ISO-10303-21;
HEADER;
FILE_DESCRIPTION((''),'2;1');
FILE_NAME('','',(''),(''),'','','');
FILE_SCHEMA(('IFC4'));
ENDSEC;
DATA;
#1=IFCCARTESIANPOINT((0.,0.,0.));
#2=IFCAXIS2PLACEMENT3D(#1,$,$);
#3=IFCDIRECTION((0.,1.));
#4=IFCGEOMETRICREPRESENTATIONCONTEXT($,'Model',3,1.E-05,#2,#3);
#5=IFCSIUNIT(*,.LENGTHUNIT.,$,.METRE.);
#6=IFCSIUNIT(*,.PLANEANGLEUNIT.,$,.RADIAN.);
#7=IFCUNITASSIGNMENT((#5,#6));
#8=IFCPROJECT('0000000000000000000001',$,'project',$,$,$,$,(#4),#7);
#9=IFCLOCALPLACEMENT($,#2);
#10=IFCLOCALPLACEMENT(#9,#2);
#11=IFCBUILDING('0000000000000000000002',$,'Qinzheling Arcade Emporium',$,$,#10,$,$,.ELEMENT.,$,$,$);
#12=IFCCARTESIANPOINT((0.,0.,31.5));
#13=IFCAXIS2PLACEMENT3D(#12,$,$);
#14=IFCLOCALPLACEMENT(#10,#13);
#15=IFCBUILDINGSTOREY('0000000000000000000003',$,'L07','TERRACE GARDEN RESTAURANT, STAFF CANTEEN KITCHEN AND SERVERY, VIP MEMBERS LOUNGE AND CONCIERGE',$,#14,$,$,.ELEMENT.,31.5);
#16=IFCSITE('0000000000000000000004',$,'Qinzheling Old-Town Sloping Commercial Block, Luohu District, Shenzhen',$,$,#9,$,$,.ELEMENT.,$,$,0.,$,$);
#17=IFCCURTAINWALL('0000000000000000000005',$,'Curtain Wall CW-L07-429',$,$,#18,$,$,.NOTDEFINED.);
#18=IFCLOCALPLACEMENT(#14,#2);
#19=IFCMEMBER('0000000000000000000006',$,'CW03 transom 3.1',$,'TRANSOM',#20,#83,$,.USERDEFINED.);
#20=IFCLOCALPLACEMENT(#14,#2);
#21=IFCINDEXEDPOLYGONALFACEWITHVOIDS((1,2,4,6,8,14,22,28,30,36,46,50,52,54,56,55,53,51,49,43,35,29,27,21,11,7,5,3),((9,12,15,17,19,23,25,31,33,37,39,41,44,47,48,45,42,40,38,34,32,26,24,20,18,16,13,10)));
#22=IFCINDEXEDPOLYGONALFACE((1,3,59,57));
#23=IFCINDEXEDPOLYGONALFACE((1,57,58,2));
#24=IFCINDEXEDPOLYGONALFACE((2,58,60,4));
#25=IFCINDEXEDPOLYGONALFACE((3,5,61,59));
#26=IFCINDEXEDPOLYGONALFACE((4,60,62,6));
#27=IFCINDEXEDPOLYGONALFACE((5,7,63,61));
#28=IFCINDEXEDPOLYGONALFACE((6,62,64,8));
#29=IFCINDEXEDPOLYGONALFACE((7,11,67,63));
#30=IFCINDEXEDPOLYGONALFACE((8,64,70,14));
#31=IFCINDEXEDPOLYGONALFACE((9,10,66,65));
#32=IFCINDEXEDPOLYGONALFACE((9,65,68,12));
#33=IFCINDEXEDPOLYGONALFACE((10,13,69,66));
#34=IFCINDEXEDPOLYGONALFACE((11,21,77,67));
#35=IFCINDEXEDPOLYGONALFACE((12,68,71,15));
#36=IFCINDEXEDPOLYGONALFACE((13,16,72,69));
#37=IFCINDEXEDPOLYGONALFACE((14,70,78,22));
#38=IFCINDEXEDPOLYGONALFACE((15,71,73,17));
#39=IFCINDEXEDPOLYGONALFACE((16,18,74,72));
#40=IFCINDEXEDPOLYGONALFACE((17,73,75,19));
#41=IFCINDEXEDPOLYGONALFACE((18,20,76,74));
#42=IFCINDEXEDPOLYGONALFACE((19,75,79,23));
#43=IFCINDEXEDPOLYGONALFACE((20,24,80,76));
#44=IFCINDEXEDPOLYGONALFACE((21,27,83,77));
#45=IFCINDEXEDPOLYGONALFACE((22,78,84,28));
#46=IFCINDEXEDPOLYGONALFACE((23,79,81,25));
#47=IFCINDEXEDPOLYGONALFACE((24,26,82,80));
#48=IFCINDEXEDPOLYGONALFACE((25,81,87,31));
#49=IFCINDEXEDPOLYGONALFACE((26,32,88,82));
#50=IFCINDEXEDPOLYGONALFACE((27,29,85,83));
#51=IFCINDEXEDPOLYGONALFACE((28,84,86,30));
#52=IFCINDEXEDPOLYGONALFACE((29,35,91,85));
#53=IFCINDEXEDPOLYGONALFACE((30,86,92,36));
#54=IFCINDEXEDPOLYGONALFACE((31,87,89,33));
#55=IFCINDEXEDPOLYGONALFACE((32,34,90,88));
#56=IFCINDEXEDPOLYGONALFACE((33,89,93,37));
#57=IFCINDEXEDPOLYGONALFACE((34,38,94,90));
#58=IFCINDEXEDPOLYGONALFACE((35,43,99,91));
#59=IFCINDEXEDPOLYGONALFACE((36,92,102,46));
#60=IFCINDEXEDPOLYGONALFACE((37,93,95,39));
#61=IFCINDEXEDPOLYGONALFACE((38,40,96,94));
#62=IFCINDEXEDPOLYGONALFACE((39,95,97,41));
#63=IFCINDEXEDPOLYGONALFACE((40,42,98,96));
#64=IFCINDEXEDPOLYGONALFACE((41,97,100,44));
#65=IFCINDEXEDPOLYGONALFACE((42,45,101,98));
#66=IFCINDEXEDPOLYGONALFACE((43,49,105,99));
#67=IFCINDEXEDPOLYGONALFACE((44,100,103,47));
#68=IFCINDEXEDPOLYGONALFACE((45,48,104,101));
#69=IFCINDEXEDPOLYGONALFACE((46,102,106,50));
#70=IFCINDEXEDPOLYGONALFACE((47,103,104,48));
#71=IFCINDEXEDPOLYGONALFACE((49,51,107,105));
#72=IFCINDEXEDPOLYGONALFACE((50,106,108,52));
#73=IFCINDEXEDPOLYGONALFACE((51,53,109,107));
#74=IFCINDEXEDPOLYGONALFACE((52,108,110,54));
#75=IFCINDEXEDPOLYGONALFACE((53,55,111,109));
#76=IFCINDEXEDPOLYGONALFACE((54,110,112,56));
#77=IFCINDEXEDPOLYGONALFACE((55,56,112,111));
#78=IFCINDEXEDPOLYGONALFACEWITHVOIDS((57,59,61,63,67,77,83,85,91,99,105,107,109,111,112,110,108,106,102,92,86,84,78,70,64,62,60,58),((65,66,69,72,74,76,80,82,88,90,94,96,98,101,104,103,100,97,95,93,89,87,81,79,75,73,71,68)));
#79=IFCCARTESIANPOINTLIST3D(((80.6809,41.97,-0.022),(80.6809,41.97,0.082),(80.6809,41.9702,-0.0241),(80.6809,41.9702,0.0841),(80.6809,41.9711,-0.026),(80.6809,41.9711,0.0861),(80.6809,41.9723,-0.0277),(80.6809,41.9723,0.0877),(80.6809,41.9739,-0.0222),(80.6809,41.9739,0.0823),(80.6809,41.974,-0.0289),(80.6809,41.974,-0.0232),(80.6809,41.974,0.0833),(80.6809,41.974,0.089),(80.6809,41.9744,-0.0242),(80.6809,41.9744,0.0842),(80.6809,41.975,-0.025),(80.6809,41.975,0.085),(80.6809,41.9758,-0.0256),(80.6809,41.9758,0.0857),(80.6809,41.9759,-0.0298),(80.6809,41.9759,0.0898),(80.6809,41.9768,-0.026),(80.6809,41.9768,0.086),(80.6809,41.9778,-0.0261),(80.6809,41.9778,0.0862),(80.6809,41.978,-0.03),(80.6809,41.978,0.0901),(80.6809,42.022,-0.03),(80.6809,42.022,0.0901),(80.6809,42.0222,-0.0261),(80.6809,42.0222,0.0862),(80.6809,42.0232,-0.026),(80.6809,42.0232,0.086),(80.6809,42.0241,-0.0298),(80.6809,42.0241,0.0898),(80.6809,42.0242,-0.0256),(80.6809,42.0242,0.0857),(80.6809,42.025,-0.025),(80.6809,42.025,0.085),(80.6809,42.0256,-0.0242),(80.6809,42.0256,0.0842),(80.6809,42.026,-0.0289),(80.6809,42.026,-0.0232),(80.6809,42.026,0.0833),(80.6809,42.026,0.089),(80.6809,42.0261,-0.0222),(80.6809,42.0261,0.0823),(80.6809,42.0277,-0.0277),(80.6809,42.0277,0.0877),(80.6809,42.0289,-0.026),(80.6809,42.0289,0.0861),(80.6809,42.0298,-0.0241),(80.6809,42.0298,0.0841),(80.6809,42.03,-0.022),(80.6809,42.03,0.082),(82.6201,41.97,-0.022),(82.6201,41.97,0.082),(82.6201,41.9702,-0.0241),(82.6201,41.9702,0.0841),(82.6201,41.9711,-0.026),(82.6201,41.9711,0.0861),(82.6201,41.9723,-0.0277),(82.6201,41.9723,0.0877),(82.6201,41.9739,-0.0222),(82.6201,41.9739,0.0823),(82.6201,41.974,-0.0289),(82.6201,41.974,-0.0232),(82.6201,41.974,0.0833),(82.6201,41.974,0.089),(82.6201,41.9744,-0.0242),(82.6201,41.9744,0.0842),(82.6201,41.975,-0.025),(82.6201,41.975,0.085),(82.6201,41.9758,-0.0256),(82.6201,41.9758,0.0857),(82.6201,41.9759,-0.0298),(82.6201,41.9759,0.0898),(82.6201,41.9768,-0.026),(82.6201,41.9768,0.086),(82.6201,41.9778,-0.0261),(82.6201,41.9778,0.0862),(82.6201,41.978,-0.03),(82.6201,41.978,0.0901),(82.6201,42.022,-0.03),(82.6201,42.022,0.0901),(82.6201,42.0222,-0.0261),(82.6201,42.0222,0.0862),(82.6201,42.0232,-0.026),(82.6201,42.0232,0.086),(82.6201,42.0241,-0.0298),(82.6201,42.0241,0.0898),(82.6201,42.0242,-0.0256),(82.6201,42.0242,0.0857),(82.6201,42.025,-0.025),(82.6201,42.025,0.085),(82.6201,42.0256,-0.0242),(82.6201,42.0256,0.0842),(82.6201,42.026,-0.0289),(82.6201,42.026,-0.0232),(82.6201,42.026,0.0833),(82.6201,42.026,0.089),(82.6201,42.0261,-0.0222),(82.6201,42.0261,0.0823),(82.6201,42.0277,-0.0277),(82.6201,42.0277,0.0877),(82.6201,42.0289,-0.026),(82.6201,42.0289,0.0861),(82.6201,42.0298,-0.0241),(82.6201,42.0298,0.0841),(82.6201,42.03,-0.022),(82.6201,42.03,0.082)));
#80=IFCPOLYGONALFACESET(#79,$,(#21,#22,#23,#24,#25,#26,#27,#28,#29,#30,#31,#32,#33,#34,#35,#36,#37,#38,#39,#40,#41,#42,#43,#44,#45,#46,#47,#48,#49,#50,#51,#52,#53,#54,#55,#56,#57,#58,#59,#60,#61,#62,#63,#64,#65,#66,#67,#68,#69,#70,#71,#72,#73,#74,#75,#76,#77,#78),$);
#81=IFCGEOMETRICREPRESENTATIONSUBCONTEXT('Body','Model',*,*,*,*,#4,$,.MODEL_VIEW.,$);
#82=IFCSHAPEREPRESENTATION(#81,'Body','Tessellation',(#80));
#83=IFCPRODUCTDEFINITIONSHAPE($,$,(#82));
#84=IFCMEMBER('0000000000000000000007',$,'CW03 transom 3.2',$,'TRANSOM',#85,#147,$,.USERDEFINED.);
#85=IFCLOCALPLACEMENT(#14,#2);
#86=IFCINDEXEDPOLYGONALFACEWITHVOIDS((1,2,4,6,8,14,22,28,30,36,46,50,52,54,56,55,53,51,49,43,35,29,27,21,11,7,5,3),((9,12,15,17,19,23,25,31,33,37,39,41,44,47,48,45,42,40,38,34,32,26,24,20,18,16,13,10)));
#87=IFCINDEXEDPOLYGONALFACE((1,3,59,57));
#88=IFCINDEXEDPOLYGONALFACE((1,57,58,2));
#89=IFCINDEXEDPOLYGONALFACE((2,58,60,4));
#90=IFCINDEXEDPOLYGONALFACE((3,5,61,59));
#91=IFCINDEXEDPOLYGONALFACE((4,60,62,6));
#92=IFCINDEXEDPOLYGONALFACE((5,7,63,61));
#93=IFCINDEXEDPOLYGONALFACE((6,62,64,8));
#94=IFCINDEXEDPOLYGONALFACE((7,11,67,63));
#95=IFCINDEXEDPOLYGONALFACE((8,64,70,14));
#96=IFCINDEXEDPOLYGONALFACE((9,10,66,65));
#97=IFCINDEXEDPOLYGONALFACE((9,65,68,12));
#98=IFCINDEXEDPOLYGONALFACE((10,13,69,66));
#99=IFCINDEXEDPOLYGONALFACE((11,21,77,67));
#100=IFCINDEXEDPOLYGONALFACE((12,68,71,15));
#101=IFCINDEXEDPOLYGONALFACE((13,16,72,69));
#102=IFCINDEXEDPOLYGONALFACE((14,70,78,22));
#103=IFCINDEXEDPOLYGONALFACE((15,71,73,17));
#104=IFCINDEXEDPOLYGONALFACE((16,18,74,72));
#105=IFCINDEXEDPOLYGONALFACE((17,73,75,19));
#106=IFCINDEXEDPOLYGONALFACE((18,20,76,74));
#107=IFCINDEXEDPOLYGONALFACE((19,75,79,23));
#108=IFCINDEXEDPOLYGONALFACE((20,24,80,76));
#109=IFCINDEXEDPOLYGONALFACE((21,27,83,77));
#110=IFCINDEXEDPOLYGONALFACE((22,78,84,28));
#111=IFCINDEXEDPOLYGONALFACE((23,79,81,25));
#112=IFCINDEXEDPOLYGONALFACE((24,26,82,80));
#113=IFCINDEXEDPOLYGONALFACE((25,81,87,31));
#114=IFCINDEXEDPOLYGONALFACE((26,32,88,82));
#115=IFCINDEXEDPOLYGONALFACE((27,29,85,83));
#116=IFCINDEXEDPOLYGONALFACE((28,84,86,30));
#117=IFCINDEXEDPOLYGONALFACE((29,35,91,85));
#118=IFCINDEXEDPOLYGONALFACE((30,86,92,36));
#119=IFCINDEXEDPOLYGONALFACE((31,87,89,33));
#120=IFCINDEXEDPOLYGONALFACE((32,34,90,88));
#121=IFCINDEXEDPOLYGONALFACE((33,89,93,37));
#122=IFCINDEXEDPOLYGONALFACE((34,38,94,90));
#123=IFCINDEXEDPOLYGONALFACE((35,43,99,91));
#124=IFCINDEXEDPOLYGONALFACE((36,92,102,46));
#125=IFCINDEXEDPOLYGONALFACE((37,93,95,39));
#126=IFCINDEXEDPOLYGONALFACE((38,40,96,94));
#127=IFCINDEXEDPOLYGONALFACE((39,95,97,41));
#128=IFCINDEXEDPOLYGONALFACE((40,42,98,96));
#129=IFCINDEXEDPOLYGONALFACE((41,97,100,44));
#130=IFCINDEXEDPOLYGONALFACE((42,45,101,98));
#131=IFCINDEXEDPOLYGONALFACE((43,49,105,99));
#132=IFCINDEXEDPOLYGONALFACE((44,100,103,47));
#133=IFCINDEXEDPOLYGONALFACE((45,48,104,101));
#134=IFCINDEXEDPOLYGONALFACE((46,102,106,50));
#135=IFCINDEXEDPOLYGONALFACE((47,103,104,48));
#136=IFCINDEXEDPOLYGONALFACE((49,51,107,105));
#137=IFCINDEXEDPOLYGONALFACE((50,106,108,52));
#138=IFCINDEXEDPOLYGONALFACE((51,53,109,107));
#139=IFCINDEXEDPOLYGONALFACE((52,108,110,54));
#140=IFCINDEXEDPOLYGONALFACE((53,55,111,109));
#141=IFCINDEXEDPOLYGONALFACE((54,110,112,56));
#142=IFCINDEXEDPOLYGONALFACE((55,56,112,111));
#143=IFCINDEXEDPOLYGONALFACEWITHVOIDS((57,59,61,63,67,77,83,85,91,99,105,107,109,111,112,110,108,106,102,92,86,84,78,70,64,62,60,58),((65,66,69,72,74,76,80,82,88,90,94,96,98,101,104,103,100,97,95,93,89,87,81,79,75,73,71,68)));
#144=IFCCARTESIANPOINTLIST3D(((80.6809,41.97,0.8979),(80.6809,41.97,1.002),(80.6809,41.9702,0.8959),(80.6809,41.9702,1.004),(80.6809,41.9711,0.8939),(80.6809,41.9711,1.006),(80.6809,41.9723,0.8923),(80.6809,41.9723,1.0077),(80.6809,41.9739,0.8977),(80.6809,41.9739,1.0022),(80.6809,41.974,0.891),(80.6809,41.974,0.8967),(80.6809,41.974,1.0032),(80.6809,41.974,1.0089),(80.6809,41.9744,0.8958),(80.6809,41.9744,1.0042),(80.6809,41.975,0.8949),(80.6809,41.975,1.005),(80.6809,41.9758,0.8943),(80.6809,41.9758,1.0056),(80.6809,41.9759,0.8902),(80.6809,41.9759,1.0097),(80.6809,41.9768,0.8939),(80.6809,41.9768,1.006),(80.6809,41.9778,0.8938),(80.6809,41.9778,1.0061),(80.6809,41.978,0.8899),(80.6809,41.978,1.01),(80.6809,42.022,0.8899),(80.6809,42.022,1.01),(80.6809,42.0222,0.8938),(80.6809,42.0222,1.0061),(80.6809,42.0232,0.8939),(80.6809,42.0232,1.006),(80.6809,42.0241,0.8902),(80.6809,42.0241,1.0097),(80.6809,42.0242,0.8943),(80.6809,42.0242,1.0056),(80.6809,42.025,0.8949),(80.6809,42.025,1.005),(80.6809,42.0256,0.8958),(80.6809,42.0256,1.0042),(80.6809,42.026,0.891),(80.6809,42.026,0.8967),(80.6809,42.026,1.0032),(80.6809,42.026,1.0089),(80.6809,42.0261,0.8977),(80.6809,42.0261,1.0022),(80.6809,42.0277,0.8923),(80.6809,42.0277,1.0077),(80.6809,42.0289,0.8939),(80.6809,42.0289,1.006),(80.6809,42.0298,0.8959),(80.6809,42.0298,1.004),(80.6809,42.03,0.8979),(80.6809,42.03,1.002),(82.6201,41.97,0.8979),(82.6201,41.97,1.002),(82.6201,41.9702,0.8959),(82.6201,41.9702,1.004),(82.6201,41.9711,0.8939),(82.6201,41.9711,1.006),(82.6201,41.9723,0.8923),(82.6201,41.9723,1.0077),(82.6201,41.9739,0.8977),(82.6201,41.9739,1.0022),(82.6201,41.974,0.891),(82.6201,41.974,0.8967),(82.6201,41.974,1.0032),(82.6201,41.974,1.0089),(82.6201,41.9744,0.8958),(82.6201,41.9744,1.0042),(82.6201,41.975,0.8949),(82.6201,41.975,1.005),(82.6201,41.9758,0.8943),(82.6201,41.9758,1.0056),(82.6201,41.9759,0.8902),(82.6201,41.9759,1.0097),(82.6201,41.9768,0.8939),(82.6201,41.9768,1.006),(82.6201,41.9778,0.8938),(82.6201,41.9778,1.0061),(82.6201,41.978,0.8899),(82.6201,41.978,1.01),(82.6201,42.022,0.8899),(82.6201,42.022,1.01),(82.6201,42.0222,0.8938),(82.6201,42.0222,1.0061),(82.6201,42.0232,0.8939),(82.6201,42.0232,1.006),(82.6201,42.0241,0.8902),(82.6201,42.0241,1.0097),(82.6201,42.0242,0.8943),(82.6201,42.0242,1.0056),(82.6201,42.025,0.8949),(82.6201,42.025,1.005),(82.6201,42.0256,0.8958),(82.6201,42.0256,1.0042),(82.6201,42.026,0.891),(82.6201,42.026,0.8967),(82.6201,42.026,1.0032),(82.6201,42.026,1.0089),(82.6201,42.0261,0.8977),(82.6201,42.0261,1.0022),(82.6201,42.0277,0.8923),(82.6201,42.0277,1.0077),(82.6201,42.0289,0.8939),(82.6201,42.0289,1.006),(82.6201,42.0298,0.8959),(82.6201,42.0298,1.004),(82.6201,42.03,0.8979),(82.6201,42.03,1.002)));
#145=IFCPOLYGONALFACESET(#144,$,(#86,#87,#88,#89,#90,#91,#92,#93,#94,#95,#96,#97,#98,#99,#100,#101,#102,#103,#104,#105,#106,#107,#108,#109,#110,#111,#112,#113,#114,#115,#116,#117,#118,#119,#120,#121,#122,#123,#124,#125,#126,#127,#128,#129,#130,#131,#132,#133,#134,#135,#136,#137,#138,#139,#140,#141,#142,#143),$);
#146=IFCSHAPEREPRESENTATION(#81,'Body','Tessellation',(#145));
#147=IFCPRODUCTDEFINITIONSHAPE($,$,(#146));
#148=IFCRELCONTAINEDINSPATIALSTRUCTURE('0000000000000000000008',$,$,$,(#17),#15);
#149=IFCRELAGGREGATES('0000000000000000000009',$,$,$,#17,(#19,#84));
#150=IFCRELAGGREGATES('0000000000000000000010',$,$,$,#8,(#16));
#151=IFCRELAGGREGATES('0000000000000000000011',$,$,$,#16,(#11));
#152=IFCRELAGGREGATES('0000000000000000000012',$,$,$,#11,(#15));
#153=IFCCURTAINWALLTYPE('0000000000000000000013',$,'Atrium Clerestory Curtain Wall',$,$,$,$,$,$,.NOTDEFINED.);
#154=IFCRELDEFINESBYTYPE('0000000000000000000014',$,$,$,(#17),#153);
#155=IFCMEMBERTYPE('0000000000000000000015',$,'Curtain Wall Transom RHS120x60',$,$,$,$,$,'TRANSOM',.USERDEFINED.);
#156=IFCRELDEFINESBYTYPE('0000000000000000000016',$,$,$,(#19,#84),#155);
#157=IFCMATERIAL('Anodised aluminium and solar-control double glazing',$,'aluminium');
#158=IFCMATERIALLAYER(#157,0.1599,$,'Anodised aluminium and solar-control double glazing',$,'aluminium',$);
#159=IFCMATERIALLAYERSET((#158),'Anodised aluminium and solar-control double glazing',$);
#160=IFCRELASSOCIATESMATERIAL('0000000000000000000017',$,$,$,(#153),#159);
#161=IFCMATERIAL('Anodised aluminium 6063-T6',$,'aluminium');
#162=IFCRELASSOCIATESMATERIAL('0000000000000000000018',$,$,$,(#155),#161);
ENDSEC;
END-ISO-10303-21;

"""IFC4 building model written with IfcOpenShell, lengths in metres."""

from ifc_helpers import new_model, si_unit, direction, frame, origin, origin_2d, place, context, subcontext, project, spatial, hollow_rectangle, extrude, material, layer, layer_set, material_profile, profile_set, type_object, element, aggregate, save


model = new_model("IFC4")

# Units and contexts
model_context = context("Model", 3, precision=1e-05, world=origin(), true_north=direction((0.0, 1.0)))
body_context = subcontext(model_context, "Body", "Model", "MODEL_VIEW")
ifc_project = project(units=[si_unit("LENGTHUNIT", "METRE"), si_unit("PLANEANGLEUNIT", "RADIAN")], contexts=[model_context])

# Site, building, storey
site_placement = place(None, origin())
site = spatial("IfcSite", under=ifc_project, at=site_placement, Name="Qinzheling Old-Town Sloping Commercial Block, Luohu District, Shenzhen", CompositionType="ELEMENT", RefElevation=0.0)
building_placement = place(site_placement, origin())
building = spatial("IfcBuilding", under=site, at=building_placement, Name="Qinzheling Arcade Emporium", CompositionType="ELEMENT")
storey_placement = place(building_placement, frame((0.0, 0.0, 31.5)))
storey = spatial("IfcBuildingStorey", under=building, at=storey_placement, Name="L07", Description="TERRACE GARDEN RESTAURANT, STAFF CANTEEN KITCHEN AND SERVERY, VIP MEMBERS LOUNGE AND CONCIERGE", CompositionType="ELEMENT", Elevation=31.5)

# Curtain wall, members
ifc_material_1 = material(Name="Anodised aluminium and solar-control double glazing", Category="aluminium")
ifc_layer_1 = layer(ifc_material_1, 0.1599, Name="Anodised aluminium and solar-control double glazing", Category="aluminium")
ifc_layer_set_1 = layer_set([ifc_layer_1], Name="Anodised aluminium and solar-control double glazing")
curtain_wall_type = type_object("IfcCurtainWallType", Name="Atrium Clerestory Curtain Wall", PredefinedType="NOTDEFINED", material=ifc_layer_set_1)
curtain_wall_placement = place(storey_placement, origin())
curtain_wall = element("IfcCurtainWall", 1, at=curtain_wall_placement, inside=storey, type_object=curtain_wall_type, Name="Curtain Wall CW-L07-429", PredefinedType="NOTDEFINED")
ifc_material_2 = material(Name="Anodised aluminium 6063-T6", Category="aluminium")
ifc_material_profile_1 = material_profile(ifc_material_2, hollow_rectangle(XDim=0.0601, YDim=0.1201, WallThickness=0.0039, InnerFilletRadius=0.0039, OuterFilletRadius=0.0081, at=origin_2d()), Name="RHS 120x60x4", Category="aluminium")
ifc_profile_set_1 = profile_set([ifc_material_profile_1], Name="Anodised aluminium 6063-T6")
member_type_1 = type_object("IfcMemberType", Name="Curtain Wall Transom RHS120x60", ElementType="TRANSOM", PredefinedType="USERDEFINED", material=ifc_profile_set_1)
member_1_placement = place(storey_placement, frame((82.6201, 42.0, 0.03), z_axis=(-1.0, 0.0, 0.0), x_axis=(0.0, -1.0, 0.0)))
member_1 = element("IfcMember", 2, at=member_1_placement, type_object=member_type_1, Name="CW03 transom 3.1", ObjectType="TRANSOM", PredefinedType="USERDEFINED", context=body_context, shape_type="SweptSolid", body=[
    extrude(hollow_rectangle(XDim=0.0601, YDim=0.1201, WallThickness=0.0039, InnerFilletRadius=0.0039, OuterFilletRadius=0.0081, at=origin_2d()), origin(), (0.0, 0.0, 1.0), 1.9392),
])
member_2_placement = place(storey_placement, frame((82.6201, 42.0, 0.95), z_axis=(-1.0, 0.0, 0.0), x_axis=(0.0, -1.0, 0.0)))
member_2 = element("IfcMember", 3, at=member_2_placement, type_object=member_type_1, Name="CW03 transom 3.2", ObjectType="TRANSOM", PredefinedType="USERDEFINED", context=body_context, shape_type="SweptSolid", body=[
    extrude(hollow_rectangle(XDim=0.0601, YDim=0.1201, WallThickness=0.0039, InnerFilletRadius=0.0039, OuterFilletRadius=0.0081, at=origin_2d()), origin(), (0.0, 0.0, 1.0), 1.9392),
])
aggregate(curtain_wall, [member_1, member_2])

save(model, "model.ifc")
